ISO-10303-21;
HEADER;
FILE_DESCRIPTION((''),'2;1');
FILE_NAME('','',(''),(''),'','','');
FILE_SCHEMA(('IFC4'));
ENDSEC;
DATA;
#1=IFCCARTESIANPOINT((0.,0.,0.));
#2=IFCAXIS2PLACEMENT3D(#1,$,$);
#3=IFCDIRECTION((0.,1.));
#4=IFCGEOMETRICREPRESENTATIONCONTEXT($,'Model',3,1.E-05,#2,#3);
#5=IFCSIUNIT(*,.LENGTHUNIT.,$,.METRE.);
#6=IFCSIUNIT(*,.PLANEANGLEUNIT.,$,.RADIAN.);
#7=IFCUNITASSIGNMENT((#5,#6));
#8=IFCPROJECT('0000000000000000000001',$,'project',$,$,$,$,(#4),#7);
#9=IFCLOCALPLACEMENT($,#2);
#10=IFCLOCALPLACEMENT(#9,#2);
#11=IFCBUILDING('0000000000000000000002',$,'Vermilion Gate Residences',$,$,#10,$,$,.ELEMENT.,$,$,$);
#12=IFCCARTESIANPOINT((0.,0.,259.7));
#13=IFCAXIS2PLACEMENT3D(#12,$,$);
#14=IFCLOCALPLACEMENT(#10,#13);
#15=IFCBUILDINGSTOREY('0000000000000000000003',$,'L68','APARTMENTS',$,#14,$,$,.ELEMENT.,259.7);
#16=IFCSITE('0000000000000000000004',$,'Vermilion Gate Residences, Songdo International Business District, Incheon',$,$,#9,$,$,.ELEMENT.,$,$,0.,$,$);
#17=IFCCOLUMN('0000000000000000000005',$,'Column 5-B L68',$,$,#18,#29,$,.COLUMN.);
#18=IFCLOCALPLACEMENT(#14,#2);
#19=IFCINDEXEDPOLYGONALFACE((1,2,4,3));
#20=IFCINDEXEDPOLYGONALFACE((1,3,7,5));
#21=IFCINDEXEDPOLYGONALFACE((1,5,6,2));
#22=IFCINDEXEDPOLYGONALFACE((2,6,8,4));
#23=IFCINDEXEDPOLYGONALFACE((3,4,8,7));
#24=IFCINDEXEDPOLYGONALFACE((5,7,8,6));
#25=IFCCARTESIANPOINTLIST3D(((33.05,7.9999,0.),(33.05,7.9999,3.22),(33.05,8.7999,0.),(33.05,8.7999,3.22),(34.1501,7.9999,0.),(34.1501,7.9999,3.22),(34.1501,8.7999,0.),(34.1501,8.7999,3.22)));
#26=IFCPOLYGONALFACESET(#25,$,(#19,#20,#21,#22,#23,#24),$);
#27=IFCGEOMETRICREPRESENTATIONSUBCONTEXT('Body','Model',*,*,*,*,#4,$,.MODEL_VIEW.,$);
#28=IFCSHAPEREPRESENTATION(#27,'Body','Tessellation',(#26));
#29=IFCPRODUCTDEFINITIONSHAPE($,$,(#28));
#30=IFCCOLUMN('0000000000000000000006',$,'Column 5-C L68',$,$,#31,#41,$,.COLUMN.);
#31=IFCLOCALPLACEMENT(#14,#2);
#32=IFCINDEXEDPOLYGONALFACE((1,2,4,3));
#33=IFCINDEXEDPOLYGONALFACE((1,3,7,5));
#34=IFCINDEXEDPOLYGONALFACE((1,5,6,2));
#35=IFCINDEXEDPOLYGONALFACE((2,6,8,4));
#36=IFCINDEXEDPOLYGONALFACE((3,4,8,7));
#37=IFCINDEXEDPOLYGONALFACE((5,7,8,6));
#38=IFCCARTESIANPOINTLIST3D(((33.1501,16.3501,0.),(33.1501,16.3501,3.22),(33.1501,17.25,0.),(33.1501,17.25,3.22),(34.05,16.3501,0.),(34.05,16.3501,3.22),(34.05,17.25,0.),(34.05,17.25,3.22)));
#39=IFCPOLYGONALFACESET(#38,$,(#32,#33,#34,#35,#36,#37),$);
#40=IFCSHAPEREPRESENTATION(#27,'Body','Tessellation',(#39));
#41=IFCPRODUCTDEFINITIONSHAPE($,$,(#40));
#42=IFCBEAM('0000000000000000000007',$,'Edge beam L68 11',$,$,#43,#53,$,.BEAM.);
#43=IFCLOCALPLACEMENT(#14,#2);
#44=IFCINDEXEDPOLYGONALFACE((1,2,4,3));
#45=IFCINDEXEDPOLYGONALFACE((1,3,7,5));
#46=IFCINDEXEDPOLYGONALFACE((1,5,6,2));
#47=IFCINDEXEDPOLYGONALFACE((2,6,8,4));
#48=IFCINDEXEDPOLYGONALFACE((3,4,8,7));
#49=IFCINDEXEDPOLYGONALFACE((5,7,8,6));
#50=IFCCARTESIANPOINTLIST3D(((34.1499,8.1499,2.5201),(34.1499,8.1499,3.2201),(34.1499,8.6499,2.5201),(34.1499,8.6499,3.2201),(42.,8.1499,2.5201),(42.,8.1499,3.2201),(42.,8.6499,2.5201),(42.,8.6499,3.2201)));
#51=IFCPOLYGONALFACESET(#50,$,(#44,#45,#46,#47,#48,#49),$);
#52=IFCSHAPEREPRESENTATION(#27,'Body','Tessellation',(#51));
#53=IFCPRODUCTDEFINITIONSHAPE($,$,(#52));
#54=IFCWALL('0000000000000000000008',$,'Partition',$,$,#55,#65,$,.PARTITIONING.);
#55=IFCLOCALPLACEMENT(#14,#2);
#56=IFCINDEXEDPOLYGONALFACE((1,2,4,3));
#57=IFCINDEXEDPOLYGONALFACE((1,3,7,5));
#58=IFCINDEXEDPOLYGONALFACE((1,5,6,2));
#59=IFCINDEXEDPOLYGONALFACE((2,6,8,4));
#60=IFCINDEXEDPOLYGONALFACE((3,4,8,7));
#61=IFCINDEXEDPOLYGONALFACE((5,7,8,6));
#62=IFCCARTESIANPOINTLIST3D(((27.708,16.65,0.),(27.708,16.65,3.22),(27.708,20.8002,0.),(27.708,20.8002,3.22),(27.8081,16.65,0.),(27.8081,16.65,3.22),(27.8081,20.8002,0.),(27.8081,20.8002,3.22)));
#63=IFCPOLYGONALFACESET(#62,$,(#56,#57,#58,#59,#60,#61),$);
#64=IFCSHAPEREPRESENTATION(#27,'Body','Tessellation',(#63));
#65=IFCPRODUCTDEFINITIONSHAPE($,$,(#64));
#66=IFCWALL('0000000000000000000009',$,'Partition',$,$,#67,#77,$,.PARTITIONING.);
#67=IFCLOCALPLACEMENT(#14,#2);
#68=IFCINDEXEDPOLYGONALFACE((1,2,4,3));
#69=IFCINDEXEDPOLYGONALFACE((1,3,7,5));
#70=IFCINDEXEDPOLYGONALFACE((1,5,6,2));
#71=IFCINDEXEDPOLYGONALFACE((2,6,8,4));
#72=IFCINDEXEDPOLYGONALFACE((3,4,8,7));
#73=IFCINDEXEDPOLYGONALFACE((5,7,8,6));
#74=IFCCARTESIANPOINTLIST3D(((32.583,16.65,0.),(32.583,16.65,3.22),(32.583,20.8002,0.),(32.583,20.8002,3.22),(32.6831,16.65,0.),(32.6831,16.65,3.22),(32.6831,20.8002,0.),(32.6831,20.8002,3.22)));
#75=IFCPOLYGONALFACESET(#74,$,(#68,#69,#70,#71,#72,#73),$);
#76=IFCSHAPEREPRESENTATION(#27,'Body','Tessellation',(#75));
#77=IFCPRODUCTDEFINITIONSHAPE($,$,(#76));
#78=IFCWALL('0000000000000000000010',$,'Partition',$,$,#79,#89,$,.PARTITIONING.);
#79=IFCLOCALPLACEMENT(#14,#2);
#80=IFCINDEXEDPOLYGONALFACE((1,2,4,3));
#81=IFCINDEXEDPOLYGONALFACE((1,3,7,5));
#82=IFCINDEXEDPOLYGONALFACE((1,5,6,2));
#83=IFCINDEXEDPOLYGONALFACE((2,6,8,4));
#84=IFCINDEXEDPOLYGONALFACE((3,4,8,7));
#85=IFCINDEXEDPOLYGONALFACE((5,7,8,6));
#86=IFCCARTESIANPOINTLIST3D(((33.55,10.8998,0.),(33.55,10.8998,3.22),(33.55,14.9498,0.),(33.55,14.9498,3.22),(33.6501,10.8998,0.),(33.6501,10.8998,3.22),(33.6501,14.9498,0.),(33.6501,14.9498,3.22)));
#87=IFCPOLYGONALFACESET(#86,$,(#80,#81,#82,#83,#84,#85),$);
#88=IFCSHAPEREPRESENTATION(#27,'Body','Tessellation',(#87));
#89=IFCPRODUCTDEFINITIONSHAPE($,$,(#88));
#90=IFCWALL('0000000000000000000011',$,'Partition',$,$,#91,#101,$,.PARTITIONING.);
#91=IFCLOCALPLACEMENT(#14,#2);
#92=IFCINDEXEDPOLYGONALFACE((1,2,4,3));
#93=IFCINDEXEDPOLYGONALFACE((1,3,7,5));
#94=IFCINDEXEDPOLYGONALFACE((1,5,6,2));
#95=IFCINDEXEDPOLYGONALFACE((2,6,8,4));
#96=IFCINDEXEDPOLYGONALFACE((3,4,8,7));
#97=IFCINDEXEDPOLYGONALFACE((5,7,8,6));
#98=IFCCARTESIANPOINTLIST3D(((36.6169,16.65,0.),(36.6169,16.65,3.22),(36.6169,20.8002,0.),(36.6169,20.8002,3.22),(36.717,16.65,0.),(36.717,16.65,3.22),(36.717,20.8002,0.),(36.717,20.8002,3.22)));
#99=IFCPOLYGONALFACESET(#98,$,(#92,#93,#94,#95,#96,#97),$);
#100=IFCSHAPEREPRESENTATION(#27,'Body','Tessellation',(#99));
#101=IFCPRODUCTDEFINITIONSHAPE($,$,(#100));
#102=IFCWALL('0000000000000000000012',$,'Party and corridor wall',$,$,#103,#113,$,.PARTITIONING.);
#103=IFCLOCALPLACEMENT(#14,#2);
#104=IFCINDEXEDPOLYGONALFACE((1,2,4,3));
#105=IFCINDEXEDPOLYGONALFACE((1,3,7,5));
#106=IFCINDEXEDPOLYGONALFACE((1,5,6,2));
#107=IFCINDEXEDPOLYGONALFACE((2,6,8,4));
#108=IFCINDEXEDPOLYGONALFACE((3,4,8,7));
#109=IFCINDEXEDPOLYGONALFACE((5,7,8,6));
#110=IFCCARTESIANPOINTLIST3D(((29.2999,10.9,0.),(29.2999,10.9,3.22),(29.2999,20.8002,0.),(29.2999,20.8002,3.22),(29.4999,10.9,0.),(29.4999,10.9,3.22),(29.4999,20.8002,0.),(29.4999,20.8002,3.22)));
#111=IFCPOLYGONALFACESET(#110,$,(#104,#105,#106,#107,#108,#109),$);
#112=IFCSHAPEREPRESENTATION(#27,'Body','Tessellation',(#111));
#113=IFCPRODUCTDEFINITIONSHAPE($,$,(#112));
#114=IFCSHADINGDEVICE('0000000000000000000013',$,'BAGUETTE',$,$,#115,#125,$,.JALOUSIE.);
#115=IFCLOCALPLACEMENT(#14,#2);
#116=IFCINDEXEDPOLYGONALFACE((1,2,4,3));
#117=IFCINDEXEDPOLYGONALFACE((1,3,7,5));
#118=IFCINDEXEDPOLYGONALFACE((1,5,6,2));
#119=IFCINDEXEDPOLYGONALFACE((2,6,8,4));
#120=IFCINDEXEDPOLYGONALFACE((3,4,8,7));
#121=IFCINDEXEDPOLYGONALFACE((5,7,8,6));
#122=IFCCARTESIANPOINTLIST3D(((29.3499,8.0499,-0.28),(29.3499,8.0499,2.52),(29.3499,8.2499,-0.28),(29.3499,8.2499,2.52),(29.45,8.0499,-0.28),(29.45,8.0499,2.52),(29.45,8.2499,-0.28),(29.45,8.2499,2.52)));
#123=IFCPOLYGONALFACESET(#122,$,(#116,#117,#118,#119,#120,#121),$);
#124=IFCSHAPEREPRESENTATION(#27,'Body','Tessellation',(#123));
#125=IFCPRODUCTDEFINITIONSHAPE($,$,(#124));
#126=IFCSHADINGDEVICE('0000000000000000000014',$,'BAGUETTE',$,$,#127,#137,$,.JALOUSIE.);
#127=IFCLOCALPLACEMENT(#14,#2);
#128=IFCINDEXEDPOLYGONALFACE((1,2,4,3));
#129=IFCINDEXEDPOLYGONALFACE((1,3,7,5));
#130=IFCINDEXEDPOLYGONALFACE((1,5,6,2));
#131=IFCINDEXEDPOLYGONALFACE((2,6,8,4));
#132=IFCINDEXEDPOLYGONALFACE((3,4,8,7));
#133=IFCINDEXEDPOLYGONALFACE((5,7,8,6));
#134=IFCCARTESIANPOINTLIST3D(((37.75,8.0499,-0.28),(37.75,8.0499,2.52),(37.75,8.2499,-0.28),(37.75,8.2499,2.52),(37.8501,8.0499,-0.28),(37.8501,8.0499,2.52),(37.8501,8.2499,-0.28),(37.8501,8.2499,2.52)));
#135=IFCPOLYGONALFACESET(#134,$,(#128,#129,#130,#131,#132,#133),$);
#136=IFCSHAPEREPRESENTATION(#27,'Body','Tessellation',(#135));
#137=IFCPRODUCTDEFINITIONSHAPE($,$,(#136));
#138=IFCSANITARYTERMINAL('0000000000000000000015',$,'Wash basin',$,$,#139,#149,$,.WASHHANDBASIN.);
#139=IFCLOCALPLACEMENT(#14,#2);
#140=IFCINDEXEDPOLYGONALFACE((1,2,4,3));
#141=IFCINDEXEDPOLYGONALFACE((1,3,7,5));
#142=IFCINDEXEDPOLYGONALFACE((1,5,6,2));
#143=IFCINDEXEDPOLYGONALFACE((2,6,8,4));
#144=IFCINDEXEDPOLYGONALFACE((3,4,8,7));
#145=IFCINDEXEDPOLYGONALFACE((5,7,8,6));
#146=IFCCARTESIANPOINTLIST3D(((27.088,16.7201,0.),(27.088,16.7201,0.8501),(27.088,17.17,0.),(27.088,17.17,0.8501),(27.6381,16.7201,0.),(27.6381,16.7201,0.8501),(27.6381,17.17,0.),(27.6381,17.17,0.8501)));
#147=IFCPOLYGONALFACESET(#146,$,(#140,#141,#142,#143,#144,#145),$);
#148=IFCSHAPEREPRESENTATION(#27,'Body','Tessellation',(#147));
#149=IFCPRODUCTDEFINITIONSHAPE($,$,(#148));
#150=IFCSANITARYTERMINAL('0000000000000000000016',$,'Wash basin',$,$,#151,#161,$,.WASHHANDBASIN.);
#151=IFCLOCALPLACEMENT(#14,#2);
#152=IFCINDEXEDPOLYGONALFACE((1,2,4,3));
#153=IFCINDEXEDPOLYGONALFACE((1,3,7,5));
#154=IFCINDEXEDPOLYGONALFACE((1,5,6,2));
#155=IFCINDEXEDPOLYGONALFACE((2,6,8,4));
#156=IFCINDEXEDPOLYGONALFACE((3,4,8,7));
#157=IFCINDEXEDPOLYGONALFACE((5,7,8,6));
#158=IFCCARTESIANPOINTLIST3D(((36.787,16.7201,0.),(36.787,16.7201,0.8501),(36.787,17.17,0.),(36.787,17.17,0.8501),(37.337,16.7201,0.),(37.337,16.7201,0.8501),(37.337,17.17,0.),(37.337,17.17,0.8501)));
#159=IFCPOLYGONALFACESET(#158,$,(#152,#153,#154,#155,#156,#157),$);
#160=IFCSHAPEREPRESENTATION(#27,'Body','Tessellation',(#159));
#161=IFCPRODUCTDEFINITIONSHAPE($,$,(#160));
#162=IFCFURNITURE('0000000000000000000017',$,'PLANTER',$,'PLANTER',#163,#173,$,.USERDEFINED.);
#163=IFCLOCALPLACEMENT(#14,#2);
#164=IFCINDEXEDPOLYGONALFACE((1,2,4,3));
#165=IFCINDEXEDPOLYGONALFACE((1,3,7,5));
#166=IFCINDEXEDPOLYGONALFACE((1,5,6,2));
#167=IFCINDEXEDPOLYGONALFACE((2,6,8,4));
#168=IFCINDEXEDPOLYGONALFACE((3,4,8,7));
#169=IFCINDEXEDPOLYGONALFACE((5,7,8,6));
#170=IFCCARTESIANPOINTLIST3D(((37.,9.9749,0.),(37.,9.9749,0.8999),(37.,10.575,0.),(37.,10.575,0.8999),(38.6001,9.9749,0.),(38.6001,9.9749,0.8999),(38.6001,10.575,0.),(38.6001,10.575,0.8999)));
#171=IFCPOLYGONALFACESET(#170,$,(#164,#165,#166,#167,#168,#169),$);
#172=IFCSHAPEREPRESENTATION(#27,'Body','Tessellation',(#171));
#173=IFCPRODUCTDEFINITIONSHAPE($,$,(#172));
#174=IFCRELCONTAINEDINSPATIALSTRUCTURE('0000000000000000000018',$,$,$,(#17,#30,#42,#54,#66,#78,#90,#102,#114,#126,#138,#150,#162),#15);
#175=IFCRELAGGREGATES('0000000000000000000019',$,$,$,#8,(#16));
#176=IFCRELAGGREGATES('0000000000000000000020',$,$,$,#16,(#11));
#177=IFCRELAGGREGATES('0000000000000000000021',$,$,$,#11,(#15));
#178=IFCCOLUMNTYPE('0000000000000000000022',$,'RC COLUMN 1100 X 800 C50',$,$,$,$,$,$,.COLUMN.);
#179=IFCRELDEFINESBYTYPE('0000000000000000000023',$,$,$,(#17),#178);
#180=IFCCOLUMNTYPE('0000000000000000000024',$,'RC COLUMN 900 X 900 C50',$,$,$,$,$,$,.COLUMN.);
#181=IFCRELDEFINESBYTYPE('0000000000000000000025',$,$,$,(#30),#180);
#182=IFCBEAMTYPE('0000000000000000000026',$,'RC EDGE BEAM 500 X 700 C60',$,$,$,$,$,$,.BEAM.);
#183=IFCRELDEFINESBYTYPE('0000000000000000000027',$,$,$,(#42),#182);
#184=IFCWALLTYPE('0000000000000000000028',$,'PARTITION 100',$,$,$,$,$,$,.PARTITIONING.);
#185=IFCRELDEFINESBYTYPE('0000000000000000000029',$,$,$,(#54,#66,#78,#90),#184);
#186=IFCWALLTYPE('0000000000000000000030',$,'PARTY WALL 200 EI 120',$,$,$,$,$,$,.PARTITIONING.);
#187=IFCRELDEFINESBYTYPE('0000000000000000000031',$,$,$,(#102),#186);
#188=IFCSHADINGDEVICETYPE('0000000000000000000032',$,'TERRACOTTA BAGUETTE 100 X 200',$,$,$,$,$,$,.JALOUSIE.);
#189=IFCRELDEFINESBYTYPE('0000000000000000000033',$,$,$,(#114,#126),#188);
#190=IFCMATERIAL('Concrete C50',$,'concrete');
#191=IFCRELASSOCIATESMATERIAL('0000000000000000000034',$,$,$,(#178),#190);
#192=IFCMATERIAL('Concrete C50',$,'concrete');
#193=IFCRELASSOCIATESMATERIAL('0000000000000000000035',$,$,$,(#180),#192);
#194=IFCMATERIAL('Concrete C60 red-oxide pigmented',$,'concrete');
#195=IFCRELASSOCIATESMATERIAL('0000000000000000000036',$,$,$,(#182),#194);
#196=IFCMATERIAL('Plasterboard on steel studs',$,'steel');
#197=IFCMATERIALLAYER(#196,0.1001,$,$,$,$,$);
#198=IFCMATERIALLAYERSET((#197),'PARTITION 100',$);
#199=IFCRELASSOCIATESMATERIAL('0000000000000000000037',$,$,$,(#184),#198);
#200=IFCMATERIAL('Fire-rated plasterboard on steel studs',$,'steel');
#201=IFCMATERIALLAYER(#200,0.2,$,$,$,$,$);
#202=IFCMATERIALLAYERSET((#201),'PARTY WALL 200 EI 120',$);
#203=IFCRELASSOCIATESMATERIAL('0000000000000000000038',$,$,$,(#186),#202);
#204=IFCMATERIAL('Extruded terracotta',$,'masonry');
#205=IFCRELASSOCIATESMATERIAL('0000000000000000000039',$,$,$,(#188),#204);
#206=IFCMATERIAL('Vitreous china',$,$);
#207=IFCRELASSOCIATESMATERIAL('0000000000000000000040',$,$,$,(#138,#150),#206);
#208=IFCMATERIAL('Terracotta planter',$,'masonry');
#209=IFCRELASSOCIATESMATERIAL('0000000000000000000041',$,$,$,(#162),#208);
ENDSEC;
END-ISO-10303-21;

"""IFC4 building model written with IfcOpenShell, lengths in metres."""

from ifc_helpers import new_model, si_unit, direction, frame, frame_2d, origin, origin_2d, place, context, subcontext, project, spatial, rectangle, extrude, material, layer, layer_set, material_profile, profile_set, type_object, element, save


model = new_model("IFC4")

# Units and contexts
model_context = context("Model", 3, precision=1e-05, world=origin(), true_north=direction((0.0, 1.0)))
body_context = subcontext(model_context, "Body", "Model", "MODEL_VIEW")
ifc_project = project(units=[si_unit("LENGTHUNIT", "METRE"), si_unit("PLANEANGLEUNIT", "RADIAN")], contexts=[model_context])

# Site, building, storey
site_placement = place(None, origin())
site = spatial("IfcSite", under=ifc_project, at=site_placement, Name="Vermilion Gate Residences, Songdo International Business District, Incheon", CompositionType="ELEMENT", RefElevation=0.0)
building_placement = place(site_placement, origin())
building = spatial("IfcBuilding", under=site, at=building_placement, Name="Vermilion Gate Residences", CompositionType="ELEMENT")
storey_placement = place(building_placement, frame((0.0, 0.0, 259.7)))
storey = spatial("IfcBuildingStorey", under=building, at=storey_placement, Name="L68", Description="APARTMENTS", CompositionType="ELEMENT", Elevation=259.7)

# Columns
ifc_material_1 = material(Name="Concrete C50", Category="concrete")
ifc_material_profile_1 = material_profile(ifc_material_1, rectangle(XDim=1.1001, YDim=0.8, at=origin_2d()), Name="RC-1100x800")
ifc_profile_set_1 = profile_set([ifc_material_profile_1], Name="Concrete C50")
column_type_1 = type_object("IfcColumnType", Name="RC COLUMN 1100 X 800 C50", PredefinedType="COLUMN", material=ifc_profile_set_1)
column_1_placement = place(storey_placement, frame((33.6001, 8.3999, 0.0), z_axis=(0.0, 0.0, 1.0), x_axis=(1.0, 0.0, 0.0)))
element("IfcColumn", 1, at=column_1_placement, inside=storey, type_object=column_type_1, Name="Column 5-B L68", PredefinedType="COLUMN", context=body_context, shape_type="SweptSolid", body=[
    extrude(rectangle(XDim=1.1001, YDim=0.8, at=origin_2d()), origin(), (0.0, 0.0, 1.0), 3.22),
])
ifc_material_2 = material(Name="Concrete C50", Category="concrete")
ifc_material_profile_2 = material_profile(ifc_material_2, rectangle(XDim=0.8999, YDim=0.8999, at=origin_2d()), Name="RC-900x900")
ifc_profile_set_2 = profile_set([ifc_material_profile_2], Name="Concrete C50")
column_type_2 = type_object("IfcColumnType", Name="RC COLUMN 900 X 900 C50", PredefinedType="COLUMN", material=ifc_profile_set_2)
column_2_placement = place(storey_placement, frame((33.6001, 16.8, 0.0), z_axis=(0.0, 0.0, 1.0), x_axis=(1.0, 0.0, 0.0)))
element("IfcColumn", 2, at=column_2_placement, inside=storey, type_object=column_type_2, Name="Column 5-C L68", PredefinedType="COLUMN", context=body_context, shape_type="SweptSolid", body=[
    extrude(rectangle(XDim=0.8999, YDim=0.8999, at=origin_2d()), origin(), (0.0, 0.0, 1.0), 3.22),
])

# Beam
ifc_material_3 = material(Name="Concrete C60 red-oxide pigmented", Category="concrete")
ifc_material_profile_3 = material_profile(ifc_material_3, rectangle(XDim=0.5, YDim=0.7, at=origin_2d()), Name="RC-500x700")
ifc_profile_set_3 = profile_set([ifc_material_profile_3], Name="Concrete C60 red-oxide pigmented")
beam_type = type_object("IfcBeamType", Name="RC EDGE BEAM 500 X 700 C60", PredefinedType="BEAM", material=ifc_profile_set_3)
beam_placement = place(storey_placement, frame((34.1499, 8.3999, 2.8701), z_axis=(1.0, 0.0, 0.0), x_axis=(0.0, 1.0, 0.0)))
element("IfcBeam", 3, at=beam_placement, inside=storey, type_object=beam_type, Name="Edge beam L68 11", PredefinedType="BEAM", context=body_context, shape_type="SweptSolid", body=[
    extrude(rectangle(XDim=0.5, YDim=0.7, at=origin_2d()), origin(), (0.0, 0.0, 1.0), 7.8501),
])

# Walls
ifc_material_4 = material(Name="Plasterboard on steel studs", Category="steel")
ifc_layer_1 = layer(ifc_material_4, 0.1001)
ifc_layer_set_1 = layer_set([ifc_layer_1], Name="PARTITION 100")
wall_type_1 = type_object("IfcWallType", Name="PARTITION 100", PredefinedType="PARTITIONING", material=ifc_layer_set_1)
for number, where, z_axis, x_axis, name in (
    (4, (27.7581, 16.6499, 0.0), (0.0, 0.0, 1.0), (0.0, 1.0, 0.0), "Partition"),
    (5, (32.6331, 16.6499, 0.0), (0.0, 0.0, 1.0), (0.0, 1.0, 0.0), "Partition"),
):
    element("IfcWall", number, at=place(storey_placement, frame(where, z_axis=z_axis, x_axis=x_axis)), inside=storey, type_object=wall_type_1, Name=name, PredefinedType="PARTITIONING", context=body_context, shape_type="SweptSolid", body=[
        extrude(rectangle(XDim=4.1501, YDim=0.1001, at=frame_2d((2.0752, 0.0))), origin(), (0.0, 0.0, 1.0), 3.22),
    ])
wall_1_placement = place(storey_placement, frame((33.6001, 10.8999, 0.0), z_axis=(0.0, 0.0, 1.0), x_axis=(0.0, 1.0, 0.0)))
element("IfcWall", 6, at=wall_1_placement, inside=storey, type_object=wall_type_1, Name="Partition", PredefinedType="PARTITIONING", context=body_context, shape_type="SweptSolid", body=[
    extrude(rectangle(XDim=4.05, YDim=0.1001, at=frame_2d((2.0249, 0.0))), origin(), (0.0, 0.0, 1.0), 3.22),
])
wall_2_placement = place(storey_placement, frame((36.667, 16.6499, 0.0), z_axis=(0.0, 0.0, 1.0), x_axis=(0.0, 1.0, 0.0)))
element("IfcWall", 7, at=wall_2_placement, inside=storey, type_object=wall_type_1, Name="Partition", PredefinedType="PARTITIONING", context=body_context, shape_type="SweptSolid", body=[
    extrude(rectangle(XDim=4.1501, YDim=0.1001, at=frame_2d((2.0752, 0.0))), origin(), (0.0, 0.0, 1.0), 3.22),
])
ifc_material_5 = material(Name="Fire-rated plasterboard on steel studs", Category="steel")
ifc_layer_2 = layer(ifc_material_5, 0.2)
ifc_layer_set_2 = layer_set([ifc_layer_2], Name="PARTY WALL 200 EI 120")
wall_type_2 = type_object("IfcWallType", Name="PARTY WALL 200 EI 120", PredefinedType="PARTITIONING", material=ifc_layer_set_2)
wall_3_placement = place(storey_placement, frame((29.3999, 10.8999, 0.0), z_axis=(0.0, 0.0, 1.0), x_axis=(0.0, 1.0, 0.0)))
element("IfcWall", 8, at=wall_3_placement, inside=storey, type_object=wall_type_2, Name="Party and corridor wall", PredefinedType="PARTITIONING", context=body_context, shape_type="SweptSolid", body=[
    extrude(rectangle(XDim=9.9001, YDim=0.2, at=frame_2d((4.9502, 0.0))), origin(), (0.0, 0.0, 1.0), 3.22),
])

# Shading devices
ifc_material_6 = material(Name="Extruded terracotta", Category="masonry")
ifc_material_profile_4 = material_profile(ifc_material_6, rectangle(XDim=0.2, YDim=0.1001, at=origin_2d()), Name="BAGUETTE 100 X 200")
ifc_profile_set_4 = profile_set([ifc_material_profile_4], Name="Extruded terracotta")
shading_device_type = type_object("IfcShadingDeviceType", Name="TERRACOTTA BAGUETTE 100 X 200", PredefinedType="JALOUSIE", material=ifc_profile_set_4)
for number, where, z_axis, x_axis, name in (
    (9, (29.3999, 8.1499, -0.28), (0.0, 0.0, 1.0), (0.0, 1.0, 0.0), "BAGUETTE"),
    (10, (37.8, 8.1499, -0.28), (0.0, 0.0, 1.0), (0.0, 1.0, 0.0), "BAGUETTE"),
):
    element("IfcShadingDevice", number, at=place(storey_placement, frame(where, z_axis=z_axis, x_axis=x_axis)), inside=storey, type_object=shading_device_type, Name=name, PredefinedType="JALOUSIE", context=body_context, shape_type="SweptSolid", body=[
        extrude(rectangle(XDim=0.2, YDim=0.1001, at=origin_2d()), origin(), (0.0, 0.0, 1.0), 2.8),
    ])

# Sanitary terminals
ifc_material_7 = material(Name="Vitreous china")
for number, where, z_axis, x_axis, name in (
    (11, (27.363, 16.9451, 0.0), (0.0, 0.0, 1.0), (1.0, 0.0, 0.0), "Wash basin"),
    (12, (37.062, 16.9451, 0.0), (0.0, 0.0, 1.0), (1.0, 0.0, 0.0), "Wash basin"),
):
    element("IfcSanitaryTerminal", number, at=place(storey_placement, frame(where, z_axis=z_axis, x_axis=x_axis)), inside=storey, material=ifc_material_7, Name=name, PredefinedType="WASHHANDBASIN", context=body_context, shape_type="SweptSolid", body=[
        extrude(rectangle(XDim=0.55, YDim=0.45, at=origin_2d()), origin(), (0.0, 0.0, 1.0), 0.8501),
    ])

# Furniture
ifc_material_8 = material(Name="Terracotta planter", Category="masonry")
furniture_placement = place(storey_placement, frame((37.8, 10.2749, 0.0), z_axis=(0.0, 0.0, 1.0), x_axis=(1.0, 0.0, 0.0)))
element("IfcFurniture", 13, at=furniture_placement, inside=storey, material=ifc_material_8, Name="PLANTER", ObjectType="PLANTER", PredefinedType="USERDEFINED", context=body_context, shape_type="SweptSolid", body=[
    extrude(rectangle(XDim=1.6001, YDim=0.6001, at=origin_2d()), origin(), (0.0, 0.0, 1.0), 0.8999),
])

save(model, "model.ifc")
